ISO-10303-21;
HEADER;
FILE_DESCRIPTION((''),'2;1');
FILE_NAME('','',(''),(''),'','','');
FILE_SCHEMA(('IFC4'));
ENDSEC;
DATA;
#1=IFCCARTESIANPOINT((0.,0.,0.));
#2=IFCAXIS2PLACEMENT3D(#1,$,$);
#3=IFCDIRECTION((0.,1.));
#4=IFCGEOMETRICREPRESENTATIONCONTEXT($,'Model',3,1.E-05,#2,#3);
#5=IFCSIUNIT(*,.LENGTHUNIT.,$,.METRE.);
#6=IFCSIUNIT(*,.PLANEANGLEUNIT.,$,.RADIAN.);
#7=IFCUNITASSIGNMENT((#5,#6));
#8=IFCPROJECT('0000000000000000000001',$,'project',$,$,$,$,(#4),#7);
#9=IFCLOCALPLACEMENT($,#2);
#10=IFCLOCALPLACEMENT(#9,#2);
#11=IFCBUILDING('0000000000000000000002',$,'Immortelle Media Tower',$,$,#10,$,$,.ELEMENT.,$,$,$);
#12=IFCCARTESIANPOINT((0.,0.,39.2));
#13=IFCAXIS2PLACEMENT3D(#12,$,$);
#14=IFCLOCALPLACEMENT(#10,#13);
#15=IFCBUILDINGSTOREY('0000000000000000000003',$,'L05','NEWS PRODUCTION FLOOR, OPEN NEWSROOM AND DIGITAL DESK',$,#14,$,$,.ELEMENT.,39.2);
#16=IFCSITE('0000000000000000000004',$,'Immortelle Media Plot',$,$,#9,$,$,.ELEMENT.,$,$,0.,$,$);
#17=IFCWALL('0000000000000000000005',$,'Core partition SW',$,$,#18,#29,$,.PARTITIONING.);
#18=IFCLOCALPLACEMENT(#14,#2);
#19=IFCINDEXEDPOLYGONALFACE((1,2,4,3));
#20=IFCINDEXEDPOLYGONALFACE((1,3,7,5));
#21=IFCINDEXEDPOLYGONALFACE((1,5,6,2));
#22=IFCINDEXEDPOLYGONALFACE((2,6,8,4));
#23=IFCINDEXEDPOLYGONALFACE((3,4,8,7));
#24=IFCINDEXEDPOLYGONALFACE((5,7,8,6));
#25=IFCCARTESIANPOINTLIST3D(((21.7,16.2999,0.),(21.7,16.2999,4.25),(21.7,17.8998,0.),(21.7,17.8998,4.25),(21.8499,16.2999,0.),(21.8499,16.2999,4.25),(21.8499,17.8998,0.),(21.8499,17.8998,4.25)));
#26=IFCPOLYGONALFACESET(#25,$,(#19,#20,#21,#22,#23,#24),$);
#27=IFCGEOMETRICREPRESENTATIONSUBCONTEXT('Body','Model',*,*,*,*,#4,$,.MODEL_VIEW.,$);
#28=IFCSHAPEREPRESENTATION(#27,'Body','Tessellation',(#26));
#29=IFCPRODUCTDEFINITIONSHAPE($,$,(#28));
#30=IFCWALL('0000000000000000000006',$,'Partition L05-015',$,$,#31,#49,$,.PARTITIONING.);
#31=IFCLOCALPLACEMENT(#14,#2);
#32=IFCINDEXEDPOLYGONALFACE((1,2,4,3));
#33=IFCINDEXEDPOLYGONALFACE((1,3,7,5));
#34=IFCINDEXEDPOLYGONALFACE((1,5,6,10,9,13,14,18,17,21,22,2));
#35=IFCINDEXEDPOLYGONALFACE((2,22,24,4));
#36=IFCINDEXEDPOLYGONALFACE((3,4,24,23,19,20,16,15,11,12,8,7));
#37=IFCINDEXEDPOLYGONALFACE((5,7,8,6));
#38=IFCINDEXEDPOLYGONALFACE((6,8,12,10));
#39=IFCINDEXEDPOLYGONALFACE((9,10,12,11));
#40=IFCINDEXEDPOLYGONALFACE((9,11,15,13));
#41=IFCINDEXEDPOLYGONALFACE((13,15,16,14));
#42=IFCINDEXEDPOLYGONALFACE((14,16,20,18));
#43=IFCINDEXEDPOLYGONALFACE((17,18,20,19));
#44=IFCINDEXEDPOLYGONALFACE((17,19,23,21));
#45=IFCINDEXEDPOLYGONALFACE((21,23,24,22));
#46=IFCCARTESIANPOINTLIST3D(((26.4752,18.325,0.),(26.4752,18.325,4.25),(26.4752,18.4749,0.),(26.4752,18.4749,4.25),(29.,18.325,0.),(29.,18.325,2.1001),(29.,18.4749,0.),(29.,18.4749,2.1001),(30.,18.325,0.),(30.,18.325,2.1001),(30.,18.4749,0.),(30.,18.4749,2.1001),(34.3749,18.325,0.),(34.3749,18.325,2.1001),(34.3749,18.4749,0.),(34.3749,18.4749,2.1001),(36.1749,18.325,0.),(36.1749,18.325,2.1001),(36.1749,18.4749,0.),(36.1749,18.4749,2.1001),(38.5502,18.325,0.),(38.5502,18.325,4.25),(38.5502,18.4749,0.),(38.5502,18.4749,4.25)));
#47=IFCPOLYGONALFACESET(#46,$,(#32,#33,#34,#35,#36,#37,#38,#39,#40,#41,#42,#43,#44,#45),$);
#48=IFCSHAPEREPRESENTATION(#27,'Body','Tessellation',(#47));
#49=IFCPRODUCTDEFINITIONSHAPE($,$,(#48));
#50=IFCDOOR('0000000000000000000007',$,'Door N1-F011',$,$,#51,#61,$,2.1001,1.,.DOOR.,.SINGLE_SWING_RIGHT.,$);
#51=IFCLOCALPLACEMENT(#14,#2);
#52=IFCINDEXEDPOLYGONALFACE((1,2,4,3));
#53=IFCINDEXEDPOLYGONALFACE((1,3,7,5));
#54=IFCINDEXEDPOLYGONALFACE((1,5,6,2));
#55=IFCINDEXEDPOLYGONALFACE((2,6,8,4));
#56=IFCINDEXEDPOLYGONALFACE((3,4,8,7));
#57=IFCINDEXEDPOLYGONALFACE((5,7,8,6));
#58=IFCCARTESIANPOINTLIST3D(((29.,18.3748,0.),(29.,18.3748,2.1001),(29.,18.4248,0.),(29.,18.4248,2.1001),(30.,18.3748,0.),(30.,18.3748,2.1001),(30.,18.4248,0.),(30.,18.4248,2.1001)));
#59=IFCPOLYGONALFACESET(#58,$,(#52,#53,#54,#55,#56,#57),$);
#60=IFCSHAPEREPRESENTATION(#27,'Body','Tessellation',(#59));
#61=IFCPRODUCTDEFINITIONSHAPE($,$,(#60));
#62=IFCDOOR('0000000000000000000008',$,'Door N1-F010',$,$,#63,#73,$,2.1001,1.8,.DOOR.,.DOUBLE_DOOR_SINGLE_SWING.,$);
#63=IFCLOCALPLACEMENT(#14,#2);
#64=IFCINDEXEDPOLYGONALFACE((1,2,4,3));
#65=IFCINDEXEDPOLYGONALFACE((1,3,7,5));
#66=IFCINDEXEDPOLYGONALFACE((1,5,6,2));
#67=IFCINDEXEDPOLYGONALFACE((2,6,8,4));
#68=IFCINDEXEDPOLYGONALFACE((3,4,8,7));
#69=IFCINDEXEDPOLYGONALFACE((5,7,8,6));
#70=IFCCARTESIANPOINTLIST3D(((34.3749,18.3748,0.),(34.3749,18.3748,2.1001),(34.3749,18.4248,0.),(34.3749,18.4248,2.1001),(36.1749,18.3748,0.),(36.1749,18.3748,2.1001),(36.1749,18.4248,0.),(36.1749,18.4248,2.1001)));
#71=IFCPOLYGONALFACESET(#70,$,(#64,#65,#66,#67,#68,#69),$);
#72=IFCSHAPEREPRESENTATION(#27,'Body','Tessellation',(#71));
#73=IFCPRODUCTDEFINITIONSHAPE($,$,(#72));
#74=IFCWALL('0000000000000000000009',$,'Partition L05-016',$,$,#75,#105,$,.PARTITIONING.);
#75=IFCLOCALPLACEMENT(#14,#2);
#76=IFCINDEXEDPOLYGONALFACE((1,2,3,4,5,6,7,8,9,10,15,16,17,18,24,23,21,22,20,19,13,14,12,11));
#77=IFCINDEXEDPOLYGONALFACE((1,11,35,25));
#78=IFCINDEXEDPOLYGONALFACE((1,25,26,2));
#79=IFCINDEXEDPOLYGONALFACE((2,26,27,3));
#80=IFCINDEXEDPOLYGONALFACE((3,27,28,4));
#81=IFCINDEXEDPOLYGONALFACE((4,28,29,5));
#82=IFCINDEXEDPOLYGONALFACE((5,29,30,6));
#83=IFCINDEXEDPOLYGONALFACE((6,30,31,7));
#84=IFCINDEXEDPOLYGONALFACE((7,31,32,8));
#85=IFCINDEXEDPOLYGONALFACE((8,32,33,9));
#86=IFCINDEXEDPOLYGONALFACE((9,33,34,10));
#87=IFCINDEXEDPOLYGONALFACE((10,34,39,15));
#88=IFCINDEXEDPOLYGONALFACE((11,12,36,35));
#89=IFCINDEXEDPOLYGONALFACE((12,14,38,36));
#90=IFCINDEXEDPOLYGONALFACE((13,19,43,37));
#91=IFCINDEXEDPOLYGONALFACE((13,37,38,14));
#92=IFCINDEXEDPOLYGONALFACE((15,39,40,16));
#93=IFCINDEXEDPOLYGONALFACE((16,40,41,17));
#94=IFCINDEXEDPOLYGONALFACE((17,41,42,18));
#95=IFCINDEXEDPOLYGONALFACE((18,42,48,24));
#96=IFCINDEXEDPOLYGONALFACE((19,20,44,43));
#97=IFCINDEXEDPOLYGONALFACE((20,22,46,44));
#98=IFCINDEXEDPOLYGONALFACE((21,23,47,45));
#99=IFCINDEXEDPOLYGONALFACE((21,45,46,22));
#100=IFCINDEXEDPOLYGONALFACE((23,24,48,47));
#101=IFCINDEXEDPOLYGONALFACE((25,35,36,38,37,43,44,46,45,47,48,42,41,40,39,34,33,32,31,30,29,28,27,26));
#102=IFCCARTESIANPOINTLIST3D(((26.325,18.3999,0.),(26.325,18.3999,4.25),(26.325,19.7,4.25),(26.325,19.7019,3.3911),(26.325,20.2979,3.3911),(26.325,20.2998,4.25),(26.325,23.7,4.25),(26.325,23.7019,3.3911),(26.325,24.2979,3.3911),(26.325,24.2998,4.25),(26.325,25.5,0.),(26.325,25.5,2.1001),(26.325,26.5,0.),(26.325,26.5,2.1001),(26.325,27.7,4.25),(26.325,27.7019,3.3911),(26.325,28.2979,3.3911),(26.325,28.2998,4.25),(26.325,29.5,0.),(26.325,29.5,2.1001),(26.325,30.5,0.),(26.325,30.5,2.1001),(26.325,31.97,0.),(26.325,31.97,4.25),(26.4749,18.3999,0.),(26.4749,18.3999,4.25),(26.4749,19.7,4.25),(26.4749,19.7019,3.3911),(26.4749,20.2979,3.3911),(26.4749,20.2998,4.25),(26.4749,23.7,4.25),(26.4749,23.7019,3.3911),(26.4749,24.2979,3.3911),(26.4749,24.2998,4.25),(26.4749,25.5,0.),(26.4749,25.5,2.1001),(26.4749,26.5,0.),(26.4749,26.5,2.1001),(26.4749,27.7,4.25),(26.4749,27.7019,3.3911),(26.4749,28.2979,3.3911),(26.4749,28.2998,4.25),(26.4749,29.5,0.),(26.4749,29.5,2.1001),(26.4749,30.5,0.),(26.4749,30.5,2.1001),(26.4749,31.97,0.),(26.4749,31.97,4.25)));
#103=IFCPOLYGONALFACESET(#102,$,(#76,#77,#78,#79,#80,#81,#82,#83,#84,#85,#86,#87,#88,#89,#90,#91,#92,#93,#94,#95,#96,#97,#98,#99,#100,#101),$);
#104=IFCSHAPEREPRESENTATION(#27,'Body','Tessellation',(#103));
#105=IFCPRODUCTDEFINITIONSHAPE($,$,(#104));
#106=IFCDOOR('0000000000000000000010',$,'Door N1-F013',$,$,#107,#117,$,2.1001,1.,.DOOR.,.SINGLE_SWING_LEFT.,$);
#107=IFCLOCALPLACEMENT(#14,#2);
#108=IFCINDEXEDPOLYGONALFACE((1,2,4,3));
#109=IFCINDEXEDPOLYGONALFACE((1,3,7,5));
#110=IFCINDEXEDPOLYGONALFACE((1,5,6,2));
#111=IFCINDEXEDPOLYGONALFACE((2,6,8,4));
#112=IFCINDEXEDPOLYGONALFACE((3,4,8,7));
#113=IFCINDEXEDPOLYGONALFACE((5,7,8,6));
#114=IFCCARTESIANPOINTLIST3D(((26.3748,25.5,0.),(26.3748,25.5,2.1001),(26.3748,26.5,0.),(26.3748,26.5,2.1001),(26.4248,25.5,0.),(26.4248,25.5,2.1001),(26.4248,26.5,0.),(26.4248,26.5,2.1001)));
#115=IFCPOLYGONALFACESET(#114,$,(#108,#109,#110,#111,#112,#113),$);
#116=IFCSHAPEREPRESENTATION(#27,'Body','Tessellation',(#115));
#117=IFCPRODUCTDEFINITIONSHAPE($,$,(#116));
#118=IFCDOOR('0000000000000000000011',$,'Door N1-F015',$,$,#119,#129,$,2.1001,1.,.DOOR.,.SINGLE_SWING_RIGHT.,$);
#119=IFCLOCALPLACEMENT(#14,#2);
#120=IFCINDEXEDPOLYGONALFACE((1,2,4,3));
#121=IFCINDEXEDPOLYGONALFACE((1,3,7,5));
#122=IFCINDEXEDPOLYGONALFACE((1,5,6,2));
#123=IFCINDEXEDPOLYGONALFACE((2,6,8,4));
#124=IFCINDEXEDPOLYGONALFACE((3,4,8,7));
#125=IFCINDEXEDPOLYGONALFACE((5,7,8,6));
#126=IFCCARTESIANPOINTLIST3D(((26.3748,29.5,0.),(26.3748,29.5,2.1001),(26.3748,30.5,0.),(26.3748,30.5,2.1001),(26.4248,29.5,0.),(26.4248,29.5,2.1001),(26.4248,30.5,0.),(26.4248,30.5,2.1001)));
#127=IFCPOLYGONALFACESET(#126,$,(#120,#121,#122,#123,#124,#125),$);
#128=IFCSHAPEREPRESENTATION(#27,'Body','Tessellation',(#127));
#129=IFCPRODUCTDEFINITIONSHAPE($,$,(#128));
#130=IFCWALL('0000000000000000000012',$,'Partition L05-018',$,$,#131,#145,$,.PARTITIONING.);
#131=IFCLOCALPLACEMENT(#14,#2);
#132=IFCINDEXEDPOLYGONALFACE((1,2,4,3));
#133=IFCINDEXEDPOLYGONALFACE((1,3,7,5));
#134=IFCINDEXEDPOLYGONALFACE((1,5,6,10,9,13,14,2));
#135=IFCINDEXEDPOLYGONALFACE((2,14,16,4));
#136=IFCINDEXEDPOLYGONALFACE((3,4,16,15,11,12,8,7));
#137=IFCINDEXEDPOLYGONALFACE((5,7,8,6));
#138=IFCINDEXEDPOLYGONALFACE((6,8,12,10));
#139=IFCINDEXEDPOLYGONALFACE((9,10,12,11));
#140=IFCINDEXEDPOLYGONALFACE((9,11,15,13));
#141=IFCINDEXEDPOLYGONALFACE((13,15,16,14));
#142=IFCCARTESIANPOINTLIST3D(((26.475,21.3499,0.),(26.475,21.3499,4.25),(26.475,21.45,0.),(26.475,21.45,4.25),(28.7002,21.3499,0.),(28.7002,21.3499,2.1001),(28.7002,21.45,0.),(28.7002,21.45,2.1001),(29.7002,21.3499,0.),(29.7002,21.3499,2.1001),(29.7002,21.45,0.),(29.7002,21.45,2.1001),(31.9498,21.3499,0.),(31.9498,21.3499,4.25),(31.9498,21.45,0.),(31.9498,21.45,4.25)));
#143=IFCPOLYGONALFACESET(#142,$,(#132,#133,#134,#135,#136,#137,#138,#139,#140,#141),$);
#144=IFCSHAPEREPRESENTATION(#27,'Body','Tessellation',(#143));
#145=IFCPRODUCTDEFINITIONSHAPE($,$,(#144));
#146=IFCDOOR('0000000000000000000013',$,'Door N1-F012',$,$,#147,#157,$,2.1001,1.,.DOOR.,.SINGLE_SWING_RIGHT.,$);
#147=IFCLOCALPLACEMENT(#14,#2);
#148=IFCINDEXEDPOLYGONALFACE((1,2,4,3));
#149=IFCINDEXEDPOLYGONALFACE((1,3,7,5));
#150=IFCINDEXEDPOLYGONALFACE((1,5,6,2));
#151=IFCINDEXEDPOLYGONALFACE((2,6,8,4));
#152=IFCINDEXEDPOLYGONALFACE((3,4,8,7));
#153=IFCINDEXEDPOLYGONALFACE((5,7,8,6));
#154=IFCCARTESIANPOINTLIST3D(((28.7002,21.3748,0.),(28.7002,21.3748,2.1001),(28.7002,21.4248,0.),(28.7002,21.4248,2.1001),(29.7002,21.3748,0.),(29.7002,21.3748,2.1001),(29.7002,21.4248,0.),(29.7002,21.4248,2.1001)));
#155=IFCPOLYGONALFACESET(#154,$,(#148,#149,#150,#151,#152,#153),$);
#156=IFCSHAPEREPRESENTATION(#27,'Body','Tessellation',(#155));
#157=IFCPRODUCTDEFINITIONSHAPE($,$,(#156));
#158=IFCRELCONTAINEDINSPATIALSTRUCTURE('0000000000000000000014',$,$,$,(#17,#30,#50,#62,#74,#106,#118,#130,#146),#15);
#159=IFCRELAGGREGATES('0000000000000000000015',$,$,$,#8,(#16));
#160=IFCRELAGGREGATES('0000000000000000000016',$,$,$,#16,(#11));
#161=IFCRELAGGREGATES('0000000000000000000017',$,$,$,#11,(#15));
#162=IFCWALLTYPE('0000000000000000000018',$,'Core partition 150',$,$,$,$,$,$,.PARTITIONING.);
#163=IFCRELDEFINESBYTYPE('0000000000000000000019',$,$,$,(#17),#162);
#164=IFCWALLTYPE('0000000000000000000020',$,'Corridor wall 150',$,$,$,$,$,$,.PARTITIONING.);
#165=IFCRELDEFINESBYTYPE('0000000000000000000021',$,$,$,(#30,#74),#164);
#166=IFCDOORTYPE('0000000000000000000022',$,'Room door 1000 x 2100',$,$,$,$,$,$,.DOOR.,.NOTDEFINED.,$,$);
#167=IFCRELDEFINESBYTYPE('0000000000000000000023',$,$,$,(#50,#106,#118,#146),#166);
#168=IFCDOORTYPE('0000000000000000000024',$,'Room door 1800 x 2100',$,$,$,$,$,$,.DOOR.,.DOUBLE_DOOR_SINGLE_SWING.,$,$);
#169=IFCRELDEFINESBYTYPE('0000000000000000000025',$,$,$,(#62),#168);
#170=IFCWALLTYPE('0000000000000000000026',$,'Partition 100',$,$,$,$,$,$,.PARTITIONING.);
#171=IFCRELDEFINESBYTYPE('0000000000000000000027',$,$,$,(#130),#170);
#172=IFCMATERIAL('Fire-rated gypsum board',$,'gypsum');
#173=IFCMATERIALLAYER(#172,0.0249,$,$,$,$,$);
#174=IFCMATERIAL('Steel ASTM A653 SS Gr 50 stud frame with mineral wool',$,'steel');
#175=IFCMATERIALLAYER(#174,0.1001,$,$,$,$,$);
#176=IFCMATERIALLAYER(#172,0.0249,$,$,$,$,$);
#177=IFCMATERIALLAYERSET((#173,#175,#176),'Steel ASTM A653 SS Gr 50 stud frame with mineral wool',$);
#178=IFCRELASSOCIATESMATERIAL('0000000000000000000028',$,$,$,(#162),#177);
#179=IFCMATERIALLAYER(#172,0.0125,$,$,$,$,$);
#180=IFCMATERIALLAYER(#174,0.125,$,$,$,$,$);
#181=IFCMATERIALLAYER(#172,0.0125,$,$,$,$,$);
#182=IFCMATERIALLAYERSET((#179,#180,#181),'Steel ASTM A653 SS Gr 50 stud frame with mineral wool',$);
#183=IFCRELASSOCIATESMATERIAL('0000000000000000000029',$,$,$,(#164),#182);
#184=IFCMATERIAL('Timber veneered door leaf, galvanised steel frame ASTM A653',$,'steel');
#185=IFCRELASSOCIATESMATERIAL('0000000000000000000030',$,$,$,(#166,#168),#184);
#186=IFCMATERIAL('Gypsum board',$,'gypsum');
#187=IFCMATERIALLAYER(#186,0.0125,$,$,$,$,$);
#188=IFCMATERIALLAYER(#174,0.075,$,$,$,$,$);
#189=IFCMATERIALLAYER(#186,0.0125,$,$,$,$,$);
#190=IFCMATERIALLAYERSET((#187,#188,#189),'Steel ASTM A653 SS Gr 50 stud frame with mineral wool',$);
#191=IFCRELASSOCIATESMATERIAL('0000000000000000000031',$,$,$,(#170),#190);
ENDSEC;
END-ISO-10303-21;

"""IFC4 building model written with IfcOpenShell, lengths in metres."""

from ifc_helpers import new_model, si_unit, direction, frame, frame_2d, origin, place, context, subcontext, project, spatial, polyline, rectangle, outline, extrude, material, layer, layer_set, type_object, element, fill, save


model = new_model("IFC4")

# Units and contexts
model_context = context("Model", 3, precision=1e-05, world=origin(), true_north=direction((0.0, 1.0)))
body_context = subcontext(model_context, "Body", "Model", "MODEL_VIEW")
ifc_project = project(units=[si_unit("LENGTHUNIT", "METRE"), si_unit("PLANEANGLEUNIT", "RADIAN")], contexts=[model_context])

# Site, building, storey
site_placement = place(None, origin())
site = spatial("IfcSite", under=ifc_project, at=site_placement, Name="Immortelle Media Plot", CompositionType="ELEMENT", RefElevation=0.0)
building_placement = place(site_placement, origin())
building = spatial("IfcBuilding", under=site, at=building_placement, Name="Immortelle Media Tower", CompositionType="ELEMENT")
storey_placement = place(building_placement, frame((0.0, 0.0, 39.2)))
storey = spatial("IfcBuildingStorey", under=building, at=storey_placement, Name="L05", Description="NEWS PRODUCTION FLOOR, OPEN NEWSROOM AND DIGITAL DESK", CompositionType="ELEMENT", Elevation=39.2)

# Wall
ifc_material_1 = material(Name="Fire-rated gypsum board", Category="gypsum")
ifc_layer_1 = layer(ifc_material_1, 0.0249)
ifc_material_2 = material(Name="Steel ASTM A653 SS Gr 50 stud frame with mineral wool", Category="steel")
ifc_layer_2 = layer(ifc_material_2, 0.1001)
ifc_layer_3 = layer(ifc_material_1, 0.0249)
ifc_layer_set_1 = layer_set([ifc_layer_1, ifc_layer_2, ifc_layer_3], Name="Steel ASTM A653 SS Gr 50 stud frame with mineral wool")
wall_type_1 = type_object("IfcWallType", Name="Core partition 150", PredefinedType="PARTITIONING", material=ifc_layer_set_1)
wall_1_placement = place(storey_placement, frame((21.7749, 16.3, 0.0), z_axis=(0.0, 0.0, 1.0), x_axis=(0.0, 1.0, 0.0)))
element("IfcWall", 1, at=wall_1_placement, inside=storey, type_object=wall_type_1, Name="Core partition SW", PredefinedType="PARTITIONING", context=body_context, shape_type="SweptSolid", body=[
    extrude(rectangle(XDim=1.5999, YDim=0.1499, at=frame_2d((0.7998, 0.0))), origin(), (0.0, 0.0, 1.0), 4.25),
])

# Walls, openings, doors
ifc_layer_4 = layer(ifc_material_1, 0.0125)
ifc_layer_5 = layer(ifc_material_2, 0.125)
ifc_layer_6 = layer(ifc_material_1, 0.0125)
ifc_layer_set_2 = layer_set([ifc_layer_4, ifc_layer_5, ifc_layer_6], Name="Steel ASTM A653 SS Gr 50 stud frame with mineral wool")
wall_type_2 = type_object("IfcWallType", Name="Corridor wall 150", PredefinedType="PARTITIONING", material=ifc_layer_set_2)
wall_2_placement = place(storey_placement, frame((26.4751, 18.3999, 0.0), z_axis=(0.0, 0.0, 1.0), x_axis=(1.0, 0.0, 0.0)))
wall_2 = element("IfcWall", 2, at=wall_2_placement, inside=storey, type_object=wall_type_2, Name="Partition L05-015", PredefinedType="PARTITIONING", context=body_context, shape_type="SweptSolid", body=[
    extrude(rectangle(XDim=12.075, YDim=0.1499, at=frame_2d((6.0376, 0.0))), origin(), (0.0, 0.0, 1.0), 4.25),
])
opening_1_placement = place(wall_2_placement, frame((7.8999, 0.0, 0.0)))
opening_1 = element("IfcOpeningElement", 3, at=opening_1_placement, cuts=wall_2, PredefinedType="OPENING", context=body_context, shape_type="SweptSolid", body=[
    extrude(rectangle(XDim=1.8, YDim=2.1001, at=frame_2d((0.8999, 1.05))), frame((0.0, 0.085, 0.0), z_axis=(0.0, -1.0, 0.0), x_axis=(1.0, 0.0, 0.0)), (0.0, 0.0, 1.0), 0.1699),
])
opening_2_placement = place(wall_2_placement, frame((2.5249, 0.0, 0.0)))
opening_2 = element("IfcOpeningElement", 4, at=opening_2_placement, cuts=wall_2, PredefinedType="OPENING", context=body_context, shape_type="SweptSolid", body=[
    extrude(rectangle(XDim=1.0, YDim=2.1001, at=frame_2d((0.5, 1.05))), frame((0.0, 0.085, 0.0), z_axis=(0.0, -1.0, 0.0), x_axis=(1.0, 0.0, 0.0)), (0.0, 0.0, 1.0), 0.1699),
])
ifc_material_3 = material(Name="Timber veneered door leaf, galvanised steel frame ASTM A653", Category="steel")
door_type_1 = type_object("IfcDoorType", Name="Room door 1000 x 2100", OperationType="NOTDEFINED", PredefinedType="DOOR", material=ifc_material_3)
door_1_placement = place(opening_2_placement, origin())
door_1 = element("IfcDoor", 5, at=door_1_placement, inside=storey, type_object=door_type_1, Name="Door N1-F011", OperationType="SINGLE_SWING_RIGHT", OverallHeight=2.1001, OverallWidth=1.0, PredefinedType="DOOR", context=body_context, shape_type="SweptSolid", body=[
    extrude(rectangle(XDim=1.0, YDim=2.1001, at=frame_2d((0.5, 1.05))), frame((0.0, 0.0249, 0.0), z_axis=(0.0, -1.0, 0.0), x_axis=(1.0, 0.0, 0.0)), (0.0, 0.0, 1.0), 0.05),
])
fill(opening_2, door_1)
door_type_2 = type_object("IfcDoorType", Name="Room door 1800 x 2100", OperationType="DOUBLE_DOOR_SINGLE_SWING", PredefinedType="DOOR", material=ifc_material_3)
door_2_placement = place(opening_1_placement, origin())
door_2 = element("IfcDoor", 6, at=door_2_placement, inside=storey, type_object=door_type_2, Name="Door N1-F010", OperationType="DOUBLE_DOOR_SINGLE_SWING", OverallHeight=2.1001, OverallWidth=1.8, PredefinedType="DOOR", context=body_context, shape_type="SweptSolid", body=[
    extrude(rectangle(XDim=1.8, YDim=2.1001, at=frame_2d((0.8999, 1.05))), frame((0.0, 0.0249, 0.0), z_axis=(0.0, -1.0, 0.0), x_axis=(1.0, 0.0, 0.0)), (0.0, 0.0, 1.0), 0.05),
])
fill(opening_1, door_2)
wall_3_placement = place(storey_placement, frame((26.3999, 18.3999, 0.0), z_axis=(0.0, 0.0, 1.0), x_axis=(0.0, 1.0, 0.0)))
wall_3 = element("IfcWall", 7, at=wall_3_placement, inside=storey, type_object=wall_type_2, Name="Partition L05-016", PredefinedType="PARTITIONING", context=body_context, shape_type="SweptSolid", body=[
    extrude(outline(polyline([(0.0, 0.0), (13.5701, 0.0), (13.5701, 4.25), (9.8999, 4.25), (9.8979, 3.3911), (9.302, 3.3911), (9.3, 4.25), (5.8999, 4.25), (5.8979, 3.3911), (5.302, 3.3911), (5.3, 4.25), (1.8999, 4.25), (1.8979, 3.3911), (1.302, 3.3911), (1.3, 4.25), (0.0, 4.25), (0.0, 0.0)])), frame((0.0, 0.075, 0.0), z_axis=(0.0, -1.0, 0.0), x_axis=(1.0, 0.0, 0.0)), (0.0, 0.0, 1.0), 0.1499),
])
opening_3_placement = place(wall_3_placement, frame((8.1001, 0.0, 0.0), z_axis=(0.0, 0.0, 1.0), x_axis=(-1.0, 0.0, 0.0)))
opening_3 = element("IfcOpeningElement", 8, at=opening_3_placement, cuts=wall_3, PredefinedType="OPENING", context=body_context, shape_type="SweptSolid", body=[
    extrude(rectangle(XDim=1.0, YDim=2.1001, at=frame_2d((0.5, 1.05))), frame((0.0, 0.085, 0.0), z_axis=(0.0, -1.0, 0.0), x_axis=(1.0, 0.0, 0.0)), (0.0, 0.0, 1.0), 0.1699),
])
opening_4_placement = place(wall_3_placement, frame((12.1001, 0.0, 0.0), z_axis=(0.0, 0.0, 1.0), x_axis=(-1.0, 0.0, 0.0)))
opening_4 = element("IfcOpeningElement", 9, at=opening_4_placement, cuts=wall_3, PredefinedType="OPENING", context=body_context, shape_type="SweptSolid", body=[
    extrude(rectangle(XDim=1.0, YDim=2.1001, at=frame_2d((0.5, 1.05))), frame((0.0, 0.085, 0.0), z_axis=(0.0, -1.0, 0.0), x_axis=(1.0, 0.0, 0.0)), (0.0, 0.0, 1.0), 0.1699),
])
door_3_placement = place(opening_3_placement, origin())
door_3 = element("IfcDoor", 10, at=door_3_placement, inside=storey, type_object=door_type_1, Name="Door N1-F013", OperationType="SINGLE_SWING_LEFT", OverallHeight=2.1001, OverallWidth=1.0, PredefinedType="DOOR", context=body_context, shape_type="SweptSolid", body=[
    extrude(rectangle(XDim=1.0, YDim=2.1001, at=frame_2d((0.5, 1.05))), frame((0.0, 0.0249, 0.0), z_axis=(0.0, -1.0, 0.0), x_axis=(1.0, 0.0, 0.0)), (0.0, 0.0, 1.0), 0.05),
])
fill(opening_3, door_3)
door_4_placement = place(opening_4_placement, origin())
door_4 = element("IfcDoor", 11, at=door_4_placement, inside=storey, type_object=door_type_1, Name="Door N1-F015", OperationType="SINGLE_SWING_RIGHT", OverallHeight=2.1001, OverallWidth=1.0, PredefinedType="DOOR", context=body_context, shape_type="SweptSolid", body=[
    extrude(rectangle(XDim=1.0, YDim=2.1001, at=frame_2d((0.5, 1.05))), frame((0.0, 0.0249, 0.0), z_axis=(0.0, -1.0, 0.0), x_axis=(1.0, 0.0, 0.0)), (0.0, 0.0, 1.0), 0.05),
])
fill(opening_4, door_4)

# Wall, opening, door
ifc_material_4 = material(Name="Gypsum board", Category="gypsum")
ifc_layer_7 = layer(ifc_material_4, 0.0125)
ifc_layer_8 = layer(ifc_material_2, 0.075)
ifc_layer_9 = layer(ifc_material_4, 0.0125)
ifc_layer_set_3 = layer_set([ifc_layer_7, ifc_layer_8, ifc_layer_9], Name="Steel ASTM A653 SS Gr 50 stud frame with mineral wool")
wall_type_3 = type_object("IfcWallType", Name="Partition 100", PredefinedType="PARTITIONING", material=ifc_layer_set_3)
wall_4_placement = place(storey_placement, frame((26.4751, 21.3999, 0.0), z_axis=(0.0, 0.0, 1.0), x_axis=(1.0, 0.0, 0.0)))
wall_4 = element("IfcWall", 12, at=wall_4_placement, inside=storey, type_object=wall_type_3, Name="Partition L05-018", PredefinedType="PARTITIONING", context=body_context, shape_type="SweptSolid", body=[
    extrude(rectangle(XDim=5.4749, YDim=0.1001, at=frame_2d((2.7373, 0.0))), origin(), (0.0, 0.0, 1.0), 4.25),
])
opening_5_placement = place(wall_4_placement, frame((2.2251, 0.0, 0.0)))
opening_5 = element("IfcOpeningElement", 13, at=opening_5_placement, cuts=wall_4, PredefinedType="OPENING", context=body_context, shape_type="SweptSolid", body=[
    extrude(rectangle(XDim=1.0, YDim=2.1001, at=frame_2d((0.5, 1.05))), frame((0.0, 0.0601, 0.0), z_axis=(0.0, -1.0, 0.0), x_axis=(1.0, 0.0, 0.0)), (0.0, 0.0, 1.0), 0.1201),
])
door_5_placement = place(opening_5_placement, origin())
door_5 = element("IfcDoor", 14, at=door_5_placement, inside=storey, type_object=door_type_1, Name="Door N1-F012", OperationType="SINGLE_SWING_RIGHT", OverallHeight=2.1001, OverallWidth=1.0, PredefinedType="DOOR", context=body_context, shape_type="SweptSolid", body=[
    extrude(rectangle(XDim=1.0, YDim=2.1001, at=frame_2d((0.5, 1.05))), frame((0.0, 0.0249, 0.0), z_axis=(0.0, -1.0, 0.0), x_axis=(1.0, 0.0, 0.0)), (0.0, 0.0, 1.0), 0.05),
])
fill(opening_5, door_5)

save(model, "model.ifc")
